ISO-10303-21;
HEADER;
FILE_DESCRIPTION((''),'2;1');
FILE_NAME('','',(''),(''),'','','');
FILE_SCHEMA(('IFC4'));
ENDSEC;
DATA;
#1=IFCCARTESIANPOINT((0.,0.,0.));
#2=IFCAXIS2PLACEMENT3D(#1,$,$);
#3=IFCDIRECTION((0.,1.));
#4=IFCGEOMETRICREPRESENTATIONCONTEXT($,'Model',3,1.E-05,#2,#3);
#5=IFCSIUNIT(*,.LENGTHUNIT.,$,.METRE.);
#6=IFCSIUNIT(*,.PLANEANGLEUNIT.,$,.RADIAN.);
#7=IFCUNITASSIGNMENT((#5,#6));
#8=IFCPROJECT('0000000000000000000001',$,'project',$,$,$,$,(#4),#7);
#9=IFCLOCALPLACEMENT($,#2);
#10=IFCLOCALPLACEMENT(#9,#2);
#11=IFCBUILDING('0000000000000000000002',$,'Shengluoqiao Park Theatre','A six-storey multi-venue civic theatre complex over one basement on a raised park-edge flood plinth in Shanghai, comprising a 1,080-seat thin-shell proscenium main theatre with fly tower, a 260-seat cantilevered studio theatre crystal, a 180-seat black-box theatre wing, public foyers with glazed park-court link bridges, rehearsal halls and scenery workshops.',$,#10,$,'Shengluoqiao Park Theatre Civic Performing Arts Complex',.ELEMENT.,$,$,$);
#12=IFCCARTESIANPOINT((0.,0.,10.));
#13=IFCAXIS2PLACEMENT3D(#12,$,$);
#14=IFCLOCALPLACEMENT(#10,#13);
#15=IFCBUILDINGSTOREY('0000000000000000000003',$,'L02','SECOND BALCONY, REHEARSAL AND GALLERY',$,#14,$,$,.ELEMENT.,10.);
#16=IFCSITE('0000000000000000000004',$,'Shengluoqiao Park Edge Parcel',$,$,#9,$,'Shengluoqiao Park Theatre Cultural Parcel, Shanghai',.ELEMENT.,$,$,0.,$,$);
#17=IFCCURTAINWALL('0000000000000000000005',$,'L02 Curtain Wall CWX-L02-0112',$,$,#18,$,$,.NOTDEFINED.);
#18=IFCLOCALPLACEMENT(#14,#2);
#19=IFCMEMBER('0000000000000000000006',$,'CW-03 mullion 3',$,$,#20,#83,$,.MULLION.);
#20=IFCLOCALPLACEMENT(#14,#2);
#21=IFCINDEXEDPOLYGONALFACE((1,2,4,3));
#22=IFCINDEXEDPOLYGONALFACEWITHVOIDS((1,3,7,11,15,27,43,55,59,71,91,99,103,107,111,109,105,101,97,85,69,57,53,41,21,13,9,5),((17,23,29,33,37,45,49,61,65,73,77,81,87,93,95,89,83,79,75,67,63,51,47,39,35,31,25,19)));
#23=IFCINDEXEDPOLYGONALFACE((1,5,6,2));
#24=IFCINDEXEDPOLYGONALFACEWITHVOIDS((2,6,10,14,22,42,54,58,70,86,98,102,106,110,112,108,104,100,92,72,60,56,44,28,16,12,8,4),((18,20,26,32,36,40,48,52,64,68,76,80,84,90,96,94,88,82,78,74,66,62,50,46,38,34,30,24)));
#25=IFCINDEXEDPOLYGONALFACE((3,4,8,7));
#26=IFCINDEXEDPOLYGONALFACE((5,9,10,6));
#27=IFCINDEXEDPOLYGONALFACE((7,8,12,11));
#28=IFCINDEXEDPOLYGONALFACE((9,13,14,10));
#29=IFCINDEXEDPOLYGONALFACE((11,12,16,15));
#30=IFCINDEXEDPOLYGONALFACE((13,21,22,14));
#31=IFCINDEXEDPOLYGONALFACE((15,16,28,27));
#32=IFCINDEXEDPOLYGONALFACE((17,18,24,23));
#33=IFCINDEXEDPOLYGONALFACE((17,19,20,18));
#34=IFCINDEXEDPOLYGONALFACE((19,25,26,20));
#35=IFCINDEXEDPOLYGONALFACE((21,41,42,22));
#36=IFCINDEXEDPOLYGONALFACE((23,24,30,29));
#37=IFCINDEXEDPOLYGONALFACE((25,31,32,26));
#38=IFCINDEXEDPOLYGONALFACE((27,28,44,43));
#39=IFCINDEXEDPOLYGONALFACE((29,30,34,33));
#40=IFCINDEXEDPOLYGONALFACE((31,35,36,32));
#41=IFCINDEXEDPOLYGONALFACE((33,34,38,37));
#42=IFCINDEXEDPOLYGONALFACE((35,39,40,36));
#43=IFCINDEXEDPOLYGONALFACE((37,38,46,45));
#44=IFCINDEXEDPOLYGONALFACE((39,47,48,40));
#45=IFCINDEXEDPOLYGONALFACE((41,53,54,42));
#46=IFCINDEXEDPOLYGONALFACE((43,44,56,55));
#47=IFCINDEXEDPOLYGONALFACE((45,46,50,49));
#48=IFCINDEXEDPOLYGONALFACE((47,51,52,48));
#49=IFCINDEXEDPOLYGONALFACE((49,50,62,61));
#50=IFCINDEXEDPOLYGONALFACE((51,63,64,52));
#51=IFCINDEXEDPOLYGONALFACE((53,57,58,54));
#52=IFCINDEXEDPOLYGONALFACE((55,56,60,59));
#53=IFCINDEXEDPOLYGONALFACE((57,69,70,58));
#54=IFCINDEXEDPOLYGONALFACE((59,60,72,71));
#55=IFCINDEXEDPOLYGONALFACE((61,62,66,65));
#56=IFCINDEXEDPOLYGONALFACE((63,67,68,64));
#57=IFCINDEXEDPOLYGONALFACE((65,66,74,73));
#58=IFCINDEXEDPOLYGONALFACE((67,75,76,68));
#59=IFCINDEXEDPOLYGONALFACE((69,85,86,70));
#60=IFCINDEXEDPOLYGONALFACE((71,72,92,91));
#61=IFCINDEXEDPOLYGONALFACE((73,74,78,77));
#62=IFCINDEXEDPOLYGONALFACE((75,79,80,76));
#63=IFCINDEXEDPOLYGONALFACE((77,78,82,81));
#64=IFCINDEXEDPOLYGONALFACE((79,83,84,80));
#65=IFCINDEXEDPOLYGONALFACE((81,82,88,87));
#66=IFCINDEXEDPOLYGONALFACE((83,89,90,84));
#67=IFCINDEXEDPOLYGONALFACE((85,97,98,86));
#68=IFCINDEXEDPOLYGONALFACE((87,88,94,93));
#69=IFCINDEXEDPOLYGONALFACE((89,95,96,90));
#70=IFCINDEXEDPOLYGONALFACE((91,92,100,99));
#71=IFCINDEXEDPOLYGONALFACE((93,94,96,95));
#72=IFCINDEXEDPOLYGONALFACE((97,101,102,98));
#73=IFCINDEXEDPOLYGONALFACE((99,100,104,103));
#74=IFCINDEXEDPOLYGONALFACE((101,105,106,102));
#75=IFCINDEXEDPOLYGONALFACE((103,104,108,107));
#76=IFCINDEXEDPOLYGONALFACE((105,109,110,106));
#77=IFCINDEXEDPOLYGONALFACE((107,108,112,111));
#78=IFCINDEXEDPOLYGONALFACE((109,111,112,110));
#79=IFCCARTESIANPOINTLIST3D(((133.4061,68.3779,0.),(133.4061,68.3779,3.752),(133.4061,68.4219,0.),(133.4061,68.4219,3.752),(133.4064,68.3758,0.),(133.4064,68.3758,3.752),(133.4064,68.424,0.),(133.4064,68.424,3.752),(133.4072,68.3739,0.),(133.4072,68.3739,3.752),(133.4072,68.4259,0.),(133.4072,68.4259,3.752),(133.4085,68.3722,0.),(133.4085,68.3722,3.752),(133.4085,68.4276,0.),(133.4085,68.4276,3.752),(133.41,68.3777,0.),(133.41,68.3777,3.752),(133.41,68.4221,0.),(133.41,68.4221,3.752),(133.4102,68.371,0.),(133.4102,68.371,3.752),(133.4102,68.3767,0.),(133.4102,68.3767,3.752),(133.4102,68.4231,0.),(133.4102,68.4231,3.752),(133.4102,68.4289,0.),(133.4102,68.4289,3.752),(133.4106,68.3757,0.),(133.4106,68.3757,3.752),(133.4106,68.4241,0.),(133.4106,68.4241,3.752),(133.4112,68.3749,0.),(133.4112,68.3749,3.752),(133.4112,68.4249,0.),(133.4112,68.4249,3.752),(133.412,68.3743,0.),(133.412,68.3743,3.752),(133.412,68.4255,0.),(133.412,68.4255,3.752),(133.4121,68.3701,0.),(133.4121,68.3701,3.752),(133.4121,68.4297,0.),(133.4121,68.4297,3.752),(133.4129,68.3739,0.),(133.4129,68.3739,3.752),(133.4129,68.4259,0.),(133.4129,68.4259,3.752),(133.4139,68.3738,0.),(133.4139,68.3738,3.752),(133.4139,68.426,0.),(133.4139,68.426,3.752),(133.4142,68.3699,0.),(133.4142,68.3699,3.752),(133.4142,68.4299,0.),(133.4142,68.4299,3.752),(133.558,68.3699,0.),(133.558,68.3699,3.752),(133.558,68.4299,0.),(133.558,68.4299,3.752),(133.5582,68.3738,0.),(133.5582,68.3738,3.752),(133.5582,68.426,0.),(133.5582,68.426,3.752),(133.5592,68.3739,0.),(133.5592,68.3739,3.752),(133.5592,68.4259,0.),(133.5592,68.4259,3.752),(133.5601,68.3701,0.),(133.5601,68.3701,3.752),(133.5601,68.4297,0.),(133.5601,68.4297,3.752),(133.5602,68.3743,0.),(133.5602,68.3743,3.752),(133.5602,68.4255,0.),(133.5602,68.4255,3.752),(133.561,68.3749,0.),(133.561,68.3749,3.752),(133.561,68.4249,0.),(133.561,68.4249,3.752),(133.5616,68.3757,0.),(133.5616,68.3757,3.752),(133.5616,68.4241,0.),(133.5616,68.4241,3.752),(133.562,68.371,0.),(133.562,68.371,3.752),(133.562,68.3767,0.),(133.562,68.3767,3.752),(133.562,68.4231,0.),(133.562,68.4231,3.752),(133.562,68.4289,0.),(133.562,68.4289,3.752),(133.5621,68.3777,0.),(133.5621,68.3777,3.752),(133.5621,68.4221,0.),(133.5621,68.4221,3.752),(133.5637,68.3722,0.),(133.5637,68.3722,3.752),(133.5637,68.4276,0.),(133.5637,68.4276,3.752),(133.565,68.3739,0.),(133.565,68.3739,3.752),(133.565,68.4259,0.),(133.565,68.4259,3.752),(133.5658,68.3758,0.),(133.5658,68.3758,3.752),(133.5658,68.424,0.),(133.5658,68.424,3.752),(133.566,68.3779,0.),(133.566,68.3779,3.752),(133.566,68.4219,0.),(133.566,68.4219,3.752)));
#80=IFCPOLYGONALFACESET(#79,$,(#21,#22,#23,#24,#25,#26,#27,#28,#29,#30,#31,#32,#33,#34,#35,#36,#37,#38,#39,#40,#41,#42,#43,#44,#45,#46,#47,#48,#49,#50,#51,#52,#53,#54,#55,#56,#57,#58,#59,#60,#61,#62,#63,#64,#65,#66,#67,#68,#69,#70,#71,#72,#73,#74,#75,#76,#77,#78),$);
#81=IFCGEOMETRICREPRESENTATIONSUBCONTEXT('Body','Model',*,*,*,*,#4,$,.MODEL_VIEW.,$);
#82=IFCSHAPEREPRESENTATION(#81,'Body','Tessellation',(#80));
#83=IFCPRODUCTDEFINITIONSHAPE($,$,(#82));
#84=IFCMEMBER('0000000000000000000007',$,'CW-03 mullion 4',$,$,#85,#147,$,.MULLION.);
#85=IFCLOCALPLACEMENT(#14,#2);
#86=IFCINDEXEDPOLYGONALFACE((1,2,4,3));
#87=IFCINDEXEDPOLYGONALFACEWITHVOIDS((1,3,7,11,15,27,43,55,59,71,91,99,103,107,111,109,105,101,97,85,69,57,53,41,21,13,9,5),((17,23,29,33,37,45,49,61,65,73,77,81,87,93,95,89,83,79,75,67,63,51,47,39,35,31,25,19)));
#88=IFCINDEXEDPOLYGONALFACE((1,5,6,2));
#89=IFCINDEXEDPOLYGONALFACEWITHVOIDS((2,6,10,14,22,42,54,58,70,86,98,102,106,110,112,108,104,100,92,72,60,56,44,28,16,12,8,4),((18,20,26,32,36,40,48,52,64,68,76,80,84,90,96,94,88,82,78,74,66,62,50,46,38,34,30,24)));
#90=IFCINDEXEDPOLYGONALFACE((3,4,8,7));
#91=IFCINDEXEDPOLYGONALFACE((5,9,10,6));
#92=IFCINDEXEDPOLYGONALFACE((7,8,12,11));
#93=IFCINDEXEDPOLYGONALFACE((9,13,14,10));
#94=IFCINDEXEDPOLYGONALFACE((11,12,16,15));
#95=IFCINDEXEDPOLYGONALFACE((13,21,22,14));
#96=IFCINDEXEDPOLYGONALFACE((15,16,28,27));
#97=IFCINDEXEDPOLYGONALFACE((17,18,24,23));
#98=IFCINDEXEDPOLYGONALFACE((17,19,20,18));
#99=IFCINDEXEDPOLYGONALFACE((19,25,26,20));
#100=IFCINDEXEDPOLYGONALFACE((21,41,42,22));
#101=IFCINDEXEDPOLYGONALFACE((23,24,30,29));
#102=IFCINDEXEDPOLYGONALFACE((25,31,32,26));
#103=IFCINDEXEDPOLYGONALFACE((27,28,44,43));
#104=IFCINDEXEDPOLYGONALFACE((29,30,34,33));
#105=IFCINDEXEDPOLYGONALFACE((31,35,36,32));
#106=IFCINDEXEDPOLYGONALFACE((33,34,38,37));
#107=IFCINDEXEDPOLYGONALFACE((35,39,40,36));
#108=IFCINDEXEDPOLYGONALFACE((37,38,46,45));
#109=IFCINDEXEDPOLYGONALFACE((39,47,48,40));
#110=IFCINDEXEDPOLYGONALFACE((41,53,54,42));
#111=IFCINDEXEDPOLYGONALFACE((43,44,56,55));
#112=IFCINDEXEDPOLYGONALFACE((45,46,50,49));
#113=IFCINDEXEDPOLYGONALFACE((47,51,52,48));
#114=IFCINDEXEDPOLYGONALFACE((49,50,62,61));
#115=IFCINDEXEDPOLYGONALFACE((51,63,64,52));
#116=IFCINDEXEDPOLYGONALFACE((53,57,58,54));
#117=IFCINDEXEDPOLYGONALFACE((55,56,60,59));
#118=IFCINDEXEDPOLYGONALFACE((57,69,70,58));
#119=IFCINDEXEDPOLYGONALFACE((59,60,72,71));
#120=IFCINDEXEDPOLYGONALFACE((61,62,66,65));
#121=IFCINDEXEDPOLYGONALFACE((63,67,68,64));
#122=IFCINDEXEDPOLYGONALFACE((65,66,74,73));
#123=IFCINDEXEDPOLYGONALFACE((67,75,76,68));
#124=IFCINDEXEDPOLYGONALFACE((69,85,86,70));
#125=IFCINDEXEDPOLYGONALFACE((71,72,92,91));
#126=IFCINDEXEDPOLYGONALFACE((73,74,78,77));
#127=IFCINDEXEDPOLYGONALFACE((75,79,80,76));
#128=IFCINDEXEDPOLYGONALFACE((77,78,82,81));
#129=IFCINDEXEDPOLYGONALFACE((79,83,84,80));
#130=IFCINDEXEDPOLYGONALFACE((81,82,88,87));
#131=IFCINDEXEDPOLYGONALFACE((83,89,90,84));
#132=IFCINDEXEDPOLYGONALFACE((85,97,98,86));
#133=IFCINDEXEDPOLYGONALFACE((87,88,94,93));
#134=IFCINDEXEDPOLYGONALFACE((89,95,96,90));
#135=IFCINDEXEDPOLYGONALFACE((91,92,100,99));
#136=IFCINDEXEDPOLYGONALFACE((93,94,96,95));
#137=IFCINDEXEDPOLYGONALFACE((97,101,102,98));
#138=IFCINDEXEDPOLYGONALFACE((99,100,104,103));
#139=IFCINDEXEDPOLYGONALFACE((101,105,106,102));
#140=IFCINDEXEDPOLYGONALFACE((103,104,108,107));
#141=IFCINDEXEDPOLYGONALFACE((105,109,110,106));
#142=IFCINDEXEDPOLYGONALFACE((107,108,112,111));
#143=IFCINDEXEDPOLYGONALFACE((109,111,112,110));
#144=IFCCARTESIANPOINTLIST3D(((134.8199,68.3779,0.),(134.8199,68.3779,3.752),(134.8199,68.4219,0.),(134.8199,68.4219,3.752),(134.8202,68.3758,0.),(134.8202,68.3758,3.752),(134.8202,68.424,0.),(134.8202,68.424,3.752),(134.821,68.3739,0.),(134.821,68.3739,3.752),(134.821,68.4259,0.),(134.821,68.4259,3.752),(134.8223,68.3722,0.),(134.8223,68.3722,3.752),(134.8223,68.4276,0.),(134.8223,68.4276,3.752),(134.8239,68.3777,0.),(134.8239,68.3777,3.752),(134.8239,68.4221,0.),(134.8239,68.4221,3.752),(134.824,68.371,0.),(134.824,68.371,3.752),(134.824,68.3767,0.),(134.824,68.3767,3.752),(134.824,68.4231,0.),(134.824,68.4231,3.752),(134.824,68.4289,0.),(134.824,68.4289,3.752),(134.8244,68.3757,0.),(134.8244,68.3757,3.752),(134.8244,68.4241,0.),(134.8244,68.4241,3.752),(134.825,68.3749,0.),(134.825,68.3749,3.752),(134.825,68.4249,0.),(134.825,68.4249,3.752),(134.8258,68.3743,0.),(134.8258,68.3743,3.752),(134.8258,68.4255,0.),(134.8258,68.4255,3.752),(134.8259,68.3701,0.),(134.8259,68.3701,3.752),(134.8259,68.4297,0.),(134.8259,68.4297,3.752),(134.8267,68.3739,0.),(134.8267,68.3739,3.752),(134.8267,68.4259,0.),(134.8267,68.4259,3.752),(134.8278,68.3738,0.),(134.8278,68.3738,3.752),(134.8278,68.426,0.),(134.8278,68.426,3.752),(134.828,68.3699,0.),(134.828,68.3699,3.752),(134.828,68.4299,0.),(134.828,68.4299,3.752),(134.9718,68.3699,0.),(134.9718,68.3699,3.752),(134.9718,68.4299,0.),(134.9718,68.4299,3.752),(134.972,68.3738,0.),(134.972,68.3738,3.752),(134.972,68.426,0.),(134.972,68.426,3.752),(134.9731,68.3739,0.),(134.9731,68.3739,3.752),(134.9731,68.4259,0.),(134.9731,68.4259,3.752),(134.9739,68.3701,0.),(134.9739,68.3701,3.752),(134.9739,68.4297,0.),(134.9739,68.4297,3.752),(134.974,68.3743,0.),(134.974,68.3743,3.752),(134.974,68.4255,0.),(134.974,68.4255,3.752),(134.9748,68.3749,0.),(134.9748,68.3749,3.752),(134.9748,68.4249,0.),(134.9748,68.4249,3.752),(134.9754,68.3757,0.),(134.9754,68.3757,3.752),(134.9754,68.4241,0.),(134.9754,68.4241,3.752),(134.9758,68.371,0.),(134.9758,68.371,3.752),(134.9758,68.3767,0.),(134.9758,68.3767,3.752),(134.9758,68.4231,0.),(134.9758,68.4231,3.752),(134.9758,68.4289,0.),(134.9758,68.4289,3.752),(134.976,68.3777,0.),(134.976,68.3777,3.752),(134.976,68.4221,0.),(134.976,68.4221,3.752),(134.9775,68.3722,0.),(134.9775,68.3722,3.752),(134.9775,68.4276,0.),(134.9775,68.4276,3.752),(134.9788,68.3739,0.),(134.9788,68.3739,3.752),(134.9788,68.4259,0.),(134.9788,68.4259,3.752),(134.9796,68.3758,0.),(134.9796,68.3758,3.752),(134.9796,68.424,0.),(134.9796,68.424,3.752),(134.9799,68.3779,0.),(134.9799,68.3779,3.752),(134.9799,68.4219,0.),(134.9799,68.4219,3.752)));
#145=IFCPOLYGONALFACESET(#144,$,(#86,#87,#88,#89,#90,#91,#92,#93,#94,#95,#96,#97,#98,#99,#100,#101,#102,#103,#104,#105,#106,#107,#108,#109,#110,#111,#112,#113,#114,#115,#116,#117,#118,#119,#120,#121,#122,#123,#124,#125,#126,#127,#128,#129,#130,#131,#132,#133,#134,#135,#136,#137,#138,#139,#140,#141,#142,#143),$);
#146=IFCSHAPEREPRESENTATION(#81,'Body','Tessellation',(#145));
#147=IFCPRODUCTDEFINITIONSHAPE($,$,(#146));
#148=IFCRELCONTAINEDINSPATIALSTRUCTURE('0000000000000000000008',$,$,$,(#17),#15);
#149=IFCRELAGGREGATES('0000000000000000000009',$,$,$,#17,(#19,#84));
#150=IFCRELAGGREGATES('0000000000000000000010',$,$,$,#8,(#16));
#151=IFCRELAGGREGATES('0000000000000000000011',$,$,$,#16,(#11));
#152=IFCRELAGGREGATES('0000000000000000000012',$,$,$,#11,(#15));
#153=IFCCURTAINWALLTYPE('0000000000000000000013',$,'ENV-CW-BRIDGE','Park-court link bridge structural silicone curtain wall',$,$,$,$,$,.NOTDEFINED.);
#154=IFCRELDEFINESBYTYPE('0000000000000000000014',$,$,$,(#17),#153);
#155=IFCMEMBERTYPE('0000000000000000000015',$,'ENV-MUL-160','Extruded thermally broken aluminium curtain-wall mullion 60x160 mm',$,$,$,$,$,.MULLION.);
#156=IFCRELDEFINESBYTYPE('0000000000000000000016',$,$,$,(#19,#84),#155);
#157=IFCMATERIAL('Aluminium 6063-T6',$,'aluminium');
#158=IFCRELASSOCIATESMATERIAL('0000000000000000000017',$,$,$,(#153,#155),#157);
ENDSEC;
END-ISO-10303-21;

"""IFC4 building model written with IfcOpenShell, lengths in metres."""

from ifc_helpers import new_model, si_unit, direction, frame, origin, origin_2d, place, context, subcontext, project, spatial, hollow_rectangle, extrude, material, material_profile, profile_set, type_object, element, aggregate, save


model = new_model("IFC4")

# Units and contexts
model_context = context("Model", 3, precision=1e-05, world=origin(), true_north=direction((0.0, 1.0)))
body_context = subcontext(model_context, "Body", "Model", "MODEL_VIEW")
ifc_project = project(units=[si_unit("LENGTHUNIT", "METRE"), si_unit("PLANEANGLEUNIT", "RADIAN")], contexts=[model_context])

# Site, building, storey
site_placement = place(None, origin())
site = spatial("IfcSite", under=ifc_project, at=site_placement, Name="Shengluoqiao Park Edge Parcel", LongName="Shengluoqiao Park Theatre Cultural Parcel, Shanghai", CompositionType="ELEMENT", RefElevation=0.0)
building_placement = place(site_placement, origin())
building = spatial("IfcBuilding", under=site, at=building_placement, Name="Shengluoqiao Park Theatre", Description="A six-storey multi-venue civic theatre complex over one basement on a raised park-edge flood plinth in Shanghai, comprising a 1,080-seat thin-shell proscenium main theatre with fly tower, a 260-seat cantilevered studio theatre crystal, a 180-seat black-box theatre wing, public foyers with glazed park-court link bridges, rehearsal halls and scenery workshops.", LongName="Shengluoqiao Park Theatre Civic Performing Arts Complex", CompositionType="ELEMENT")
storey_placement = place(building_placement, frame((0.0, 0.0, 10.0)))
storey = spatial("IfcBuildingStorey", under=building, at=storey_placement, Name="L02", Description="SECOND BALCONY, REHEARSAL AND GALLERY", CompositionType="ELEMENT", Elevation=10.0)

# Curtain wall, members
ifc_material_1 = material(Name="Aluminium 6063-T6", Category="aluminium")
curtain_wall_type = type_object("IfcCurtainWallType", Name="ENV-CW-BRIDGE", Description="Park-court link bridge structural silicone curtain wall", PredefinedType="NOTDEFINED", material=ifc_material_1)
curtain_wall_placement = place(storey_placement, origin())
curtain_wall = element("IfcCurtainWall", 1, at=curtain_wall_placement, inside=storey, type_object=curtain_wall_type, Name="L02 Curtain Wall CWX-L02-0112", PredefinedType="NOTDEFINED")
ifc_material_profile_1 = material_profile(ifc_material_1, hollow_rectangle(XDim=0.0601, YDim=0.1599, WallThickness=0.0039, InnerFilletRadius=0.0039, OuterFilletRadius=0.0081, at=origin_2d()), Name="ALU MULLION 160x60x4")
ifc_profile_set_1 = profile_set([ifc_material_profile_1], Name="Aluminium 6063-T6")
member_type_1 = type_object("IfcMemberType", Name="ENV-MUL-160", Description="Extruded thermally broken aluminium curtain-wall mullion 60x160 mm", PredefinedType="MULLION", material=ifc_profile_set_1)
member_1_placement = place(storey_placement, frame((133.4861, 68.3999, 0.0), z_axis=(0.0, 0.0, 1.0), x_axis=(0.0, 1.0, 0.0)))
member_1 = element("IfcMember", 2, at=member_1_placement, type_object=member_type_1, Name="CW-03 mullion 3", PredefinedType="MULLION", context=body_context, shape_type="SweptSolid", body=[
    extrude(hollow_rectangle(XDim=0.0601, YDim=0.1599, WallThickness=0.0039, InnerFilletRadius=0.0039, OuterFilletRadius=0.0081, at=origin_2d()), origin(), (0.0, 0.0, 1.0), 3.752),
])
member_2_placement = place(storey_placement, frame((134.8999, 68.3999, 0.0), z_axis=(0.0, 0.0, 1.0), x_axis=(0.0, 1.0, 0.0)))
member_2 = element("IfcMember", 3, at=member_2_placement, type_object=member_type_1, Name="CW-03 mullion 4", PredefinedType="MULLION", context=body_context, shape_type="SweptSolid", body=[
    extrude(hollow_rectangle(XDim=0.0601, YDim=0.1599, WallThickness=0.0039, InnerFilletRadius=0.0039, OuterFilletRadius=0.0081, at=origin_2d()), origin(), (0.0, 0.0, 1.0), 3.752),
])

aggregate(curtain_wall, [member_1, member_2])

save(model, "model.ifc")
